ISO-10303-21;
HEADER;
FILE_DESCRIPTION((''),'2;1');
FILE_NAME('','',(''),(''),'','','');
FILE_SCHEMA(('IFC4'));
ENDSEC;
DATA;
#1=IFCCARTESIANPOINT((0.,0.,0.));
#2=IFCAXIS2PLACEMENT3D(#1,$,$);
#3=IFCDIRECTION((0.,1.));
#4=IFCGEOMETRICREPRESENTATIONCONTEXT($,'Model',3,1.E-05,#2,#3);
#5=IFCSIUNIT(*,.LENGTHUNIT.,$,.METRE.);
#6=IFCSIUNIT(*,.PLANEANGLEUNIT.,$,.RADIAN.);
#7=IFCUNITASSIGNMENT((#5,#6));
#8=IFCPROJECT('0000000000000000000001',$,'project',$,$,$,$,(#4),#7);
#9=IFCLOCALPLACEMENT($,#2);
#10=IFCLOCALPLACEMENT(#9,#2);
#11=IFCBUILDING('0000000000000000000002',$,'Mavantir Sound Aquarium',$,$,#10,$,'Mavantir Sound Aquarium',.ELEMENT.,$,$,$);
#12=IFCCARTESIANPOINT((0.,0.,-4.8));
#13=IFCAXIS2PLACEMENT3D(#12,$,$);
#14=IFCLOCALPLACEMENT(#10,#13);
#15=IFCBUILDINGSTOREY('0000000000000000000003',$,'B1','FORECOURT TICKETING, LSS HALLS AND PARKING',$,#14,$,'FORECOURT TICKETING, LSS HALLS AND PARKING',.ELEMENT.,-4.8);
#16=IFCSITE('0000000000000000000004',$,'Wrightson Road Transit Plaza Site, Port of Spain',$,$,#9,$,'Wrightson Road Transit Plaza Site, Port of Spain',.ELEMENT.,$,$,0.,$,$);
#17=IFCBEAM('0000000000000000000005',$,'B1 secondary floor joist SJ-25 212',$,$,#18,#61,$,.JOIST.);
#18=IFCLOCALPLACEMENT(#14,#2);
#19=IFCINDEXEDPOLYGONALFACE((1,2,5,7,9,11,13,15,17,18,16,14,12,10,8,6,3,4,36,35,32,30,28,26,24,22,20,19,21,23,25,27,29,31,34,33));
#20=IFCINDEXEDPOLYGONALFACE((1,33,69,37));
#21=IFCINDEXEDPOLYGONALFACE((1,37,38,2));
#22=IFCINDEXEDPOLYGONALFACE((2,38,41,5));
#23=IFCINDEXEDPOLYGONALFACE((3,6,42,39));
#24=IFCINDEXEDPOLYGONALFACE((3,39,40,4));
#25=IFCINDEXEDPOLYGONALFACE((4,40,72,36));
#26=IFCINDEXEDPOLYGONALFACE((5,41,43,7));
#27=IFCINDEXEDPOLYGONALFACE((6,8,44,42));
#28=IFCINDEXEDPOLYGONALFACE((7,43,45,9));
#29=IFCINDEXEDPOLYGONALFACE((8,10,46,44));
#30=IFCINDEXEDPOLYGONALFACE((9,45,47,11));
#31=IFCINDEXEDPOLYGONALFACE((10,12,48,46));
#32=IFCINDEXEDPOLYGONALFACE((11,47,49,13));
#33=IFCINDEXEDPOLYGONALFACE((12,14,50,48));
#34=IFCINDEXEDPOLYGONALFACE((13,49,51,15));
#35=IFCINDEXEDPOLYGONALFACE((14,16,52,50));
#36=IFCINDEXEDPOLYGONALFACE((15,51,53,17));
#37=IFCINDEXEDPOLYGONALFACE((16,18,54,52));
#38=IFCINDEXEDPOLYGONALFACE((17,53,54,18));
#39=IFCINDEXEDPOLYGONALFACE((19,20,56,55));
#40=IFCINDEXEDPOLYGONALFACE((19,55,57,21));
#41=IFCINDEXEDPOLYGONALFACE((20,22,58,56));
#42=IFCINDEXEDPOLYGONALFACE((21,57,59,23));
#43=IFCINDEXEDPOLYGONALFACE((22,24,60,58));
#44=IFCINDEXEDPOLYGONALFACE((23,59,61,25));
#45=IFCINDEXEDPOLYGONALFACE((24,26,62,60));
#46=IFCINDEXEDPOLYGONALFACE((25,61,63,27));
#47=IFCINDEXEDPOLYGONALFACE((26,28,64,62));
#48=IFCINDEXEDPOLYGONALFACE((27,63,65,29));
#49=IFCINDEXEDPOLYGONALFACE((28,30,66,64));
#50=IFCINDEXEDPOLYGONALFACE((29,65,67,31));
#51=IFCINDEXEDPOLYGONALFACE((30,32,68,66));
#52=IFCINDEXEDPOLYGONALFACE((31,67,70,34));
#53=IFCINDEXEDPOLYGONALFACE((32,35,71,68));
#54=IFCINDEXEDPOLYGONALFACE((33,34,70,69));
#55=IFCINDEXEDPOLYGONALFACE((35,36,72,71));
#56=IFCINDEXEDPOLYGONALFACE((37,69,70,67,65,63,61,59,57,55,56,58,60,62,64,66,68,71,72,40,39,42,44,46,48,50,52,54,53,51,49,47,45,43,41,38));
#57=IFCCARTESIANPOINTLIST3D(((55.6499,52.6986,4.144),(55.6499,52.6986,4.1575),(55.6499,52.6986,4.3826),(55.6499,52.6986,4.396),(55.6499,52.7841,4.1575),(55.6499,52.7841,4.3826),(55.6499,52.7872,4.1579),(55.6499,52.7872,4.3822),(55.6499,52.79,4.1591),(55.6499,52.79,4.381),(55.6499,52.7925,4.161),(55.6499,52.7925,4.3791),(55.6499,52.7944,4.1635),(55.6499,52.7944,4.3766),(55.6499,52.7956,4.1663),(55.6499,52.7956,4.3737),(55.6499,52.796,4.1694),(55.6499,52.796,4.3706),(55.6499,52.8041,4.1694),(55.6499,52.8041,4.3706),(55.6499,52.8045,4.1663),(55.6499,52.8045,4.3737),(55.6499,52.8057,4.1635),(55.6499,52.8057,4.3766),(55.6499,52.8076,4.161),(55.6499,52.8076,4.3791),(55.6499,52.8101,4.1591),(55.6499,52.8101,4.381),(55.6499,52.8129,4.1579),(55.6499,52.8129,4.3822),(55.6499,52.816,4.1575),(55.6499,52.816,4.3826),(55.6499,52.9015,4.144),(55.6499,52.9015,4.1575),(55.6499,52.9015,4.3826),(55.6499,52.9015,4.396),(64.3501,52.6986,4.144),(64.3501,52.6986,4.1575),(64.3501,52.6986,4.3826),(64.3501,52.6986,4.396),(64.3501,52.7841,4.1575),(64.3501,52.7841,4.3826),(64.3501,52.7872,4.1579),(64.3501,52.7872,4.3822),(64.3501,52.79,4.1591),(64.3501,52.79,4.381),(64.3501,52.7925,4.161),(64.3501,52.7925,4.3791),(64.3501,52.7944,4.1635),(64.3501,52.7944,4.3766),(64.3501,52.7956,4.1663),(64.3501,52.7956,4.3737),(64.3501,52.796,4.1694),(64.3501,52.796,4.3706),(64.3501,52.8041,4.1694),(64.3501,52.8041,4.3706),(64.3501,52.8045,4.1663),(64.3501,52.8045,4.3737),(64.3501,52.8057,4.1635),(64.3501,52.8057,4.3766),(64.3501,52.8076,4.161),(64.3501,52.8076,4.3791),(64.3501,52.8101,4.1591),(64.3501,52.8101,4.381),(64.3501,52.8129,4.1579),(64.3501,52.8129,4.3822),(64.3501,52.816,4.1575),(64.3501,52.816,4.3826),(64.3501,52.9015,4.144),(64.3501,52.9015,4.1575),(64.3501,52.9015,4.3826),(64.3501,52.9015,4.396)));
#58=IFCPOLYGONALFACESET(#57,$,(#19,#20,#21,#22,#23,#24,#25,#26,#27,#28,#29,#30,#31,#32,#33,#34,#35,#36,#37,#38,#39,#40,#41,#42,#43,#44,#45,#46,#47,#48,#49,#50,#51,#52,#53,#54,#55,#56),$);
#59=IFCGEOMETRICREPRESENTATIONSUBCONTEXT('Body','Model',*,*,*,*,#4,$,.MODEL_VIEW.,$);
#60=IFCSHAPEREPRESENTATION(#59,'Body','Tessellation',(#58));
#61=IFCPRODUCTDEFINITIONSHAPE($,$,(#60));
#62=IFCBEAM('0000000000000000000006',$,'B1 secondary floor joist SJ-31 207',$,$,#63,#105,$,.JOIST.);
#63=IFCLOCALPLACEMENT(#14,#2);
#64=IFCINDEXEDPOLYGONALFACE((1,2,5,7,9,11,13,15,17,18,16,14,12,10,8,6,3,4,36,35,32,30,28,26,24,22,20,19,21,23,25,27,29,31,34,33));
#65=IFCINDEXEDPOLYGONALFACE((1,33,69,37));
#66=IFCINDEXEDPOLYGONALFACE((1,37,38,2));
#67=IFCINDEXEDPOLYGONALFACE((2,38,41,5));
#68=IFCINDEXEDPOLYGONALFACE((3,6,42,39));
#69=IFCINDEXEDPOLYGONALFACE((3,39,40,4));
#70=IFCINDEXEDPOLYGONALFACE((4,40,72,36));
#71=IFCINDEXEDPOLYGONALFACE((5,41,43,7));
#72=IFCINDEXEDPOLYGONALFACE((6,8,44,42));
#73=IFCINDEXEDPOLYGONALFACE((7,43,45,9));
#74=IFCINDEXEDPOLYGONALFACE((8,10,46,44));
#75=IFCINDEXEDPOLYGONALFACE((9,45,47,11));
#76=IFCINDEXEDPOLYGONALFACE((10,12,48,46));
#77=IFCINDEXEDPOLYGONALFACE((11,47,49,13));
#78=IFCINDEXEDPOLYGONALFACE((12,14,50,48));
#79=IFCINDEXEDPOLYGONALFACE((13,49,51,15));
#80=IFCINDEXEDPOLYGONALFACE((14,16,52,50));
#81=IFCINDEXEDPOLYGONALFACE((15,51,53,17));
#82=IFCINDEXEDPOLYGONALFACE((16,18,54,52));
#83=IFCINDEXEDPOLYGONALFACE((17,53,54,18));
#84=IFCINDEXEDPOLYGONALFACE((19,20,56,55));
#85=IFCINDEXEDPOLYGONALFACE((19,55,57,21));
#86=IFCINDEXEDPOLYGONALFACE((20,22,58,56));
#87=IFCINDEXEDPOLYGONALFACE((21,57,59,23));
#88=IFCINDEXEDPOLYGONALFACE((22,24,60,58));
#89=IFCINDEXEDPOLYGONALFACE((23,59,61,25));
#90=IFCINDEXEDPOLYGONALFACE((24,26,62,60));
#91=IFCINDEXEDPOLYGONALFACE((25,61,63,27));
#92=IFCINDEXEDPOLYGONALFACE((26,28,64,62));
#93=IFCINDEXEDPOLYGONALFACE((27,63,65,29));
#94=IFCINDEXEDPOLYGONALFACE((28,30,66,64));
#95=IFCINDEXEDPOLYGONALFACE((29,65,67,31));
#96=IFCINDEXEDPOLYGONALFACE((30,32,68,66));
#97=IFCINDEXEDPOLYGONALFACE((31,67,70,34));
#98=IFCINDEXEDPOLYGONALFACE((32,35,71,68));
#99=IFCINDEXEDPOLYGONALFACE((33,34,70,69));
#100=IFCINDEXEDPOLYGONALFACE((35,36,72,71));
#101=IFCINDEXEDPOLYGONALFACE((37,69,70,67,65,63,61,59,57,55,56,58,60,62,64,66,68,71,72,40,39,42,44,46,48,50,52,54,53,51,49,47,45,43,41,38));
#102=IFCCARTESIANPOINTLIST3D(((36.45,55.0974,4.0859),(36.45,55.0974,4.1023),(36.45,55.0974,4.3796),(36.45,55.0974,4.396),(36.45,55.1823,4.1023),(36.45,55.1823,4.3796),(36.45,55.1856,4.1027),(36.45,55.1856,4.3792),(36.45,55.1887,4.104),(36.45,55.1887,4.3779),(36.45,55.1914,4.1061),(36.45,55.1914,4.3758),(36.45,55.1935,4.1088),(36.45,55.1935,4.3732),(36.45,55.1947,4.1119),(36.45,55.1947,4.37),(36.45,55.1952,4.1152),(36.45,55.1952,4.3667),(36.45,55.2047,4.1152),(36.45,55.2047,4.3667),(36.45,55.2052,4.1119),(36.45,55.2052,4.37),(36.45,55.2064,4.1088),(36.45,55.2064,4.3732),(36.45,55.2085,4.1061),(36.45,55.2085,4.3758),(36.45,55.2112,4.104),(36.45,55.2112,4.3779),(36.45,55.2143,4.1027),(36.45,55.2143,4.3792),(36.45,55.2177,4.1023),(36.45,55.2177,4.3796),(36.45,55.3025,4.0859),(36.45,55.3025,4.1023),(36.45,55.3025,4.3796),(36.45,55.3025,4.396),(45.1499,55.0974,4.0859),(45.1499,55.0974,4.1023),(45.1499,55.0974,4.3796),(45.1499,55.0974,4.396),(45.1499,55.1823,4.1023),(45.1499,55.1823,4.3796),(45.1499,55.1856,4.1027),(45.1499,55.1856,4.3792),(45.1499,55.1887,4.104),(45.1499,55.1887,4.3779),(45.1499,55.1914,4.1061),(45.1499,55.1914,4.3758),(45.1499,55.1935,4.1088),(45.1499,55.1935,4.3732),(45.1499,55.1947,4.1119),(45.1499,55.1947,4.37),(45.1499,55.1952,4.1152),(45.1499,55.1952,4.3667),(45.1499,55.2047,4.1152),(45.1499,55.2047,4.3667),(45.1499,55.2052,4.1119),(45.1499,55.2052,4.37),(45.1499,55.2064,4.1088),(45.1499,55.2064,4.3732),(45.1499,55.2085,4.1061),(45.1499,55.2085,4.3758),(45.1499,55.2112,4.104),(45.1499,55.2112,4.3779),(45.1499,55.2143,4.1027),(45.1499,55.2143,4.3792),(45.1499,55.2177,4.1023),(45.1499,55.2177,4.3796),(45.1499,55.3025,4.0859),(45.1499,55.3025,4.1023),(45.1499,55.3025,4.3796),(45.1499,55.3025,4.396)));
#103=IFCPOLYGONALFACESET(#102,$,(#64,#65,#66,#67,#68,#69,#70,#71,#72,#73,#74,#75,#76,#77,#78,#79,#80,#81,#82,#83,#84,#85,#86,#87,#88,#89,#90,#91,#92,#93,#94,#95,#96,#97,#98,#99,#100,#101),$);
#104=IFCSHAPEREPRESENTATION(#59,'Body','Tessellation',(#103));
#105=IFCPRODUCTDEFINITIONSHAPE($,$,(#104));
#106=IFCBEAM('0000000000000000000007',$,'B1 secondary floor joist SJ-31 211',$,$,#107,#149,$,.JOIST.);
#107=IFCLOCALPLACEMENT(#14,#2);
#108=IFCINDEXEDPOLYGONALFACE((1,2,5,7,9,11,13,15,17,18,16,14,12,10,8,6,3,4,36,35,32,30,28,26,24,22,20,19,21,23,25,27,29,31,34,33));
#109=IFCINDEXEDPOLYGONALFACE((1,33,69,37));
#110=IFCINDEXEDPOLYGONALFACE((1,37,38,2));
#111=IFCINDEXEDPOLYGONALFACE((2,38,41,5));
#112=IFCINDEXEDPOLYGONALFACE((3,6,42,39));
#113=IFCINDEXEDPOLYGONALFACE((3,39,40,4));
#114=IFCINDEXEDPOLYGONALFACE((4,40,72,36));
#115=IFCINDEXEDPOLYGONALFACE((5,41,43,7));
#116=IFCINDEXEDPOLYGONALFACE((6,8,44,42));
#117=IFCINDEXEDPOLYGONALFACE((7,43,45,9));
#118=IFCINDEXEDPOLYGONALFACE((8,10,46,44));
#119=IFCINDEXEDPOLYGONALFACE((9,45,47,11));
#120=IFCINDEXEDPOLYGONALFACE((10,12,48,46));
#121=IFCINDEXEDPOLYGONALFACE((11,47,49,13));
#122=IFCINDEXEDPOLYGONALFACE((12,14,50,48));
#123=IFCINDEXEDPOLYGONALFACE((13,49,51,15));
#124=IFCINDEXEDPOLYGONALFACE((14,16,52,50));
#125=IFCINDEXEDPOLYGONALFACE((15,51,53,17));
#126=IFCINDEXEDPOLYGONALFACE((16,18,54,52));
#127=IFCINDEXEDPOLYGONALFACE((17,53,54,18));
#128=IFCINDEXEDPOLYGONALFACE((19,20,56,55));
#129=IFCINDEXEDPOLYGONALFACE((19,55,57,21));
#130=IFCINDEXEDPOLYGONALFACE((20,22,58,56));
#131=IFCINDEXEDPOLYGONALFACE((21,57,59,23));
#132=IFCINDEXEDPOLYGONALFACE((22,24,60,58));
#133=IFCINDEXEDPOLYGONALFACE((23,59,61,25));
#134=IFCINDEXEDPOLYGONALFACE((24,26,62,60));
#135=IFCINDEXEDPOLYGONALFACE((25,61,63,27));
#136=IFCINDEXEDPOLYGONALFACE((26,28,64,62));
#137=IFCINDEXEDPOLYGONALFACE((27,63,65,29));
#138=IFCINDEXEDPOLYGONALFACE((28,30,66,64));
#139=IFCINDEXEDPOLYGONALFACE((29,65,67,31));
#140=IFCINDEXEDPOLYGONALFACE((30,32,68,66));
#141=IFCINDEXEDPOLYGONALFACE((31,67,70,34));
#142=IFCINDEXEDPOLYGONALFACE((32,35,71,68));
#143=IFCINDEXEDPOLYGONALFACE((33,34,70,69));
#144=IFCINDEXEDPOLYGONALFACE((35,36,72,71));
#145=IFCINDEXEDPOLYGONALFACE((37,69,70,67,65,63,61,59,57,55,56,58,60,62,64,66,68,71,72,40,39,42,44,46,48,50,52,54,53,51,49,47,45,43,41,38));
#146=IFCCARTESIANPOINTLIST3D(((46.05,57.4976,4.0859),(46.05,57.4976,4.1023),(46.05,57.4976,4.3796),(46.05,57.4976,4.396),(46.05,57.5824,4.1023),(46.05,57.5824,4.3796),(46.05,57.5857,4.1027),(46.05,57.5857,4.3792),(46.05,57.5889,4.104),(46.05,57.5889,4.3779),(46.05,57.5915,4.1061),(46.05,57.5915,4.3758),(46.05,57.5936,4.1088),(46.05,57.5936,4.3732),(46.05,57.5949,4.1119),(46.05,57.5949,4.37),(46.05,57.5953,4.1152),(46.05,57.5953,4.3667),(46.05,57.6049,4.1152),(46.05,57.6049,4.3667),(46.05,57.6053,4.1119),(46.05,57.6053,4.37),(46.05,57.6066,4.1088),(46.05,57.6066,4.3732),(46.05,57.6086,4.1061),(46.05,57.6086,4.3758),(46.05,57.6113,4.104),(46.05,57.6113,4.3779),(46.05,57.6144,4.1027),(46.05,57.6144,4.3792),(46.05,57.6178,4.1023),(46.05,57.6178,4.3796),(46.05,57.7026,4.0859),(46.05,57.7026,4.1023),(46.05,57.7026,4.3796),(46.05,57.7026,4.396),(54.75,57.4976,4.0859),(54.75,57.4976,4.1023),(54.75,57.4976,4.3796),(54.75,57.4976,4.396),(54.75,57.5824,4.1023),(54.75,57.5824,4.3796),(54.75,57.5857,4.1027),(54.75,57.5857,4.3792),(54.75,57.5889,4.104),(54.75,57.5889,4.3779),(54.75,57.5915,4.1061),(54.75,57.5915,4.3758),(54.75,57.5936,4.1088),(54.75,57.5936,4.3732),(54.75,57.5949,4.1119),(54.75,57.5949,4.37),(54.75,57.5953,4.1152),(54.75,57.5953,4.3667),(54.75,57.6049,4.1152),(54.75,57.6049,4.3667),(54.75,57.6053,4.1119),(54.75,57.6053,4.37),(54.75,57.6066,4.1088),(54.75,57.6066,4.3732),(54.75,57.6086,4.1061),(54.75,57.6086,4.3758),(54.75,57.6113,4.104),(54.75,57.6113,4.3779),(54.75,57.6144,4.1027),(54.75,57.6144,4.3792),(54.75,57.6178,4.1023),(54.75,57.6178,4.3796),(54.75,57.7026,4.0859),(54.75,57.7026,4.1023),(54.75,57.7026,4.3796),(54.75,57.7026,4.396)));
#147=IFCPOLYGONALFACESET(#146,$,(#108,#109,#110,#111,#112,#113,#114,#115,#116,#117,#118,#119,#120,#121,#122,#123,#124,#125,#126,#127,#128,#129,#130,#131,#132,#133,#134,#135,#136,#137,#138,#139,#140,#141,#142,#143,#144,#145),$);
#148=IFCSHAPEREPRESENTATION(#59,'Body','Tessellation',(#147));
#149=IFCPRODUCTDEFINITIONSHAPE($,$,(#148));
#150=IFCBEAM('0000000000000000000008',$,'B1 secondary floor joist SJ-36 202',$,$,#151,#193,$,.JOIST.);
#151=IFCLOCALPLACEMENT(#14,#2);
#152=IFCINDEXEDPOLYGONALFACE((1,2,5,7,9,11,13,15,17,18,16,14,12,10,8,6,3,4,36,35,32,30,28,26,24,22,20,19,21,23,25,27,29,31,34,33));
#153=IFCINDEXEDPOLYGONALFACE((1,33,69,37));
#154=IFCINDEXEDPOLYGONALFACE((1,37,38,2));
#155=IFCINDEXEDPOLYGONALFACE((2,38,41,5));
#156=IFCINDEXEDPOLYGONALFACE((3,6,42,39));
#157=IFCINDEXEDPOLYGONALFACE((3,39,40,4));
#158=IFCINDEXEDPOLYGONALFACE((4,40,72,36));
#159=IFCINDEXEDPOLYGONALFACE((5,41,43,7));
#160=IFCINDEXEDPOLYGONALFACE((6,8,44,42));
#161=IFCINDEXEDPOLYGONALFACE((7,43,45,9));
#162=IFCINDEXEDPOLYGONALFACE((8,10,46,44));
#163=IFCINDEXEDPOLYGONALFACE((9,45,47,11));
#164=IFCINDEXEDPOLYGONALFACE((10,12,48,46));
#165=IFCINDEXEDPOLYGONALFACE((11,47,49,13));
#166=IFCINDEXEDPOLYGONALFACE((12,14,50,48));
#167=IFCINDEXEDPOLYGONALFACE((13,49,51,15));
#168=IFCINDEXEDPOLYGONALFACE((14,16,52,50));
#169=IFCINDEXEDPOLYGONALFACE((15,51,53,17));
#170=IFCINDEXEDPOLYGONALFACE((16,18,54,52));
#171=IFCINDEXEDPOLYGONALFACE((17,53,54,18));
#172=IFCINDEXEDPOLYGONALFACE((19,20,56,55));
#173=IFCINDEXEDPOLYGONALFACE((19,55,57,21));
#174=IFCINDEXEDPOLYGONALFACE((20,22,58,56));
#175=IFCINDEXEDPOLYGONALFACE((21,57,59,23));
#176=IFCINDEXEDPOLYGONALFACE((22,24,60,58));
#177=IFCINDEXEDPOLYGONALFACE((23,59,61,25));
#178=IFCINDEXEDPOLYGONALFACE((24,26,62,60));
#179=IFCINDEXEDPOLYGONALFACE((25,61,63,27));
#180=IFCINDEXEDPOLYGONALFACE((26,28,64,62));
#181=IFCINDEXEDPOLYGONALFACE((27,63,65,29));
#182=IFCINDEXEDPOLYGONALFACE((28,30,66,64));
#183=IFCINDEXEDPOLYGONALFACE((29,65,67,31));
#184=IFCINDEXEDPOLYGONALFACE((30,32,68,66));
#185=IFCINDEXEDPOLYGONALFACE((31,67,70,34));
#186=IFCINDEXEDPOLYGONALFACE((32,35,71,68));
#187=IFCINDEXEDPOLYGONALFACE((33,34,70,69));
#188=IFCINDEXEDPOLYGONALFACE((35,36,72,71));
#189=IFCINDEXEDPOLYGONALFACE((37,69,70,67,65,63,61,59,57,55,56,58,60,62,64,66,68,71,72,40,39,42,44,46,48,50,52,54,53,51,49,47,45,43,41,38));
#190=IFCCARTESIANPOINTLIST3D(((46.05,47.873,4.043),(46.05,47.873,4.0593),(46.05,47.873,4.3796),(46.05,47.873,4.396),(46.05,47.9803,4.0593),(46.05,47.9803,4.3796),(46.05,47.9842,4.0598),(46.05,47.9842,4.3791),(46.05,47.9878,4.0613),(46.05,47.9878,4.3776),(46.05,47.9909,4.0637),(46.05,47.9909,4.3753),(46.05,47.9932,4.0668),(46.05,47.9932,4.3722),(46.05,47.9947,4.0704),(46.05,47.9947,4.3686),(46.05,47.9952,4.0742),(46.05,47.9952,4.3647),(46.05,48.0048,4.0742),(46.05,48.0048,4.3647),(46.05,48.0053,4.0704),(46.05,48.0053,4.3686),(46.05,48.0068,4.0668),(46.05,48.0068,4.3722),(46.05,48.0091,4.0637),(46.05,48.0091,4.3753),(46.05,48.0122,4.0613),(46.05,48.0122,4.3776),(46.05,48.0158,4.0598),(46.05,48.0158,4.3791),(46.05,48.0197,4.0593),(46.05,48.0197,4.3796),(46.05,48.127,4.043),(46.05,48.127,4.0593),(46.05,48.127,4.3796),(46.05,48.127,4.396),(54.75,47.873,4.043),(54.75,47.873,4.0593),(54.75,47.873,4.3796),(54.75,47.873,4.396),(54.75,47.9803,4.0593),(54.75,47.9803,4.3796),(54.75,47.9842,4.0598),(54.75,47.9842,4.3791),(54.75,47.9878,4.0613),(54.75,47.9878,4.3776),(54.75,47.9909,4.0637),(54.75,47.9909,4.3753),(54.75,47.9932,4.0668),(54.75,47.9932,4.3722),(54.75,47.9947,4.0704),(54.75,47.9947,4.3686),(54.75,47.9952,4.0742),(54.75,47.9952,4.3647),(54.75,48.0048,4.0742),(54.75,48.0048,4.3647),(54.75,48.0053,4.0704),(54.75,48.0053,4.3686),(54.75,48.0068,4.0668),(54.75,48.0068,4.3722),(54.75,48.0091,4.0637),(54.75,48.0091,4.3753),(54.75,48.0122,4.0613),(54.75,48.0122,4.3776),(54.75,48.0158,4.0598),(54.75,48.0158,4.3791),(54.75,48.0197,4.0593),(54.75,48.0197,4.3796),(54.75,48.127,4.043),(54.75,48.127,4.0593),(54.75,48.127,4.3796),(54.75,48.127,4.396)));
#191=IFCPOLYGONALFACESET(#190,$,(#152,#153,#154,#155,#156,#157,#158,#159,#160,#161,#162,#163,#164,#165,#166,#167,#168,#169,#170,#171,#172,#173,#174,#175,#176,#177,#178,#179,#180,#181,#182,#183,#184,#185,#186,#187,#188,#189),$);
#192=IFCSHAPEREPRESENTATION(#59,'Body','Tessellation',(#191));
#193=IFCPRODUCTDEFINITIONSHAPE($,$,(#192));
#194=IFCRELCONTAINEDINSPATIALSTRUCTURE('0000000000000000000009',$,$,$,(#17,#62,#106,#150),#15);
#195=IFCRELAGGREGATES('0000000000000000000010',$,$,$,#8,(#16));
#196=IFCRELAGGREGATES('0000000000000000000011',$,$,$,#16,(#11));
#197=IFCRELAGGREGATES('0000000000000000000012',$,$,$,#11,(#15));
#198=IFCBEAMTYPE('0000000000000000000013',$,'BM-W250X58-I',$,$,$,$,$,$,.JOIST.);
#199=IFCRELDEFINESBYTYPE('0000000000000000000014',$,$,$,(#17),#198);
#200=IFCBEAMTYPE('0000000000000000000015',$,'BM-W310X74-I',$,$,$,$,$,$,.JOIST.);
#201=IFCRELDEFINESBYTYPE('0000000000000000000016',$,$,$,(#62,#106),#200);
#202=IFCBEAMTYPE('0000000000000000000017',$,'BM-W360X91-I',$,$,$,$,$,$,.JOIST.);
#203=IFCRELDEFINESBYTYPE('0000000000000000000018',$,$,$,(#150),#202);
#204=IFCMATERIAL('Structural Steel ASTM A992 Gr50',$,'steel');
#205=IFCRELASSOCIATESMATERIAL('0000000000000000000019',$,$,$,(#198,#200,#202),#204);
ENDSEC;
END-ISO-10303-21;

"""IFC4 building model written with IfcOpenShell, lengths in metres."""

from ifc_helpers import new_model, si_unit, direction, frame, origin, origin_2d, place, context, subcontext, project, spatial, i_section, extrude, material, material_profile, profile_set, type_object, element, save


model = new_model("IFC4")

# Units and contexts
model_context = context("Model", 3, precision=1e-05, world=origin(), true_north=direction((0.0, 1.0)))
body_context = subcontext(model_context, "Body", "Model", "MODEL_VIEW")
ifc_project = project(units=[si_unit("LENGTHUNIT", "METRE"), si_unit("PLANEANGLEUNIT", "RADIAN")], contexts=[model_context])

# Site, building, storey
site_placement = place(None, origin())
site = spatial("IfcSite", under=ifc_project, at=site_placement, Name="Wrightson Road Transit Plaza Site, Port of Spain", LongName="Wrightson Road Transit Plaza Site, Port of Spain", CompositionType="ELEMENT", RefElevation=0.0)
building_placement = place(site_placement, origin())
building = spatial("IfcBuilding", under=site, at=building_placement, Name="Mavantir Sound Aquarium", LongName="Mavantir Sound Aquarium", CompositionType="ELEMENT")
storey_placement = place(building_placement, frame((0.0, 0.0, -4.8)))
storey = spatial("IfcBuildingStorey", under=building, at=storey_placement, Name="B1", Description="FORECOURT TICKETING, LSS HALLS AND PARKING", LongName="FORECOURT TICKETING, LSS HALLS AND PARKING", CompositionType="ELEMENT", Elevation=-4.8)

# Beams
ifc_material_1 = material(Name="Structural Steel ASTM A992 Gr50", Category="steel")
ifc_material_profile_1 = material_profile(ifc_material_1, i_section(OverallWidth=0.2029, OverallDepth=0.252, WebThickness=0.0081, FlangeThickness=0.0134, FilletRadius=0.012, at=origin_2d()), Name="W250X58")
ifc_profile_set_1 = profile_set([ifc_material_profile_1], Name="Structural Steel ASTM A992 Gr50")
beam_type_1 = type_object("IfcBeamType", Name="BM-W250X58-I", PredefinedType="JOIST", material=ifc_profile_set_1)
beam_1_placement = place(storey_placement, frame((55.6499, 52.8, 4.27), z_axis=(1.0, 0.0, 0.0), x_axis=(0.0, 1.0, 0.0)))
element("IfcBeam", 1, at=beam_1_placement, inside=storey, type_object=beam_type_1, Name="B1 secondary floor joist SJ-25 212", PredefinedType="JOIST", context=body_context, shape_type="SweptSolid", body=[
    extrude(i_section(OverallWidth=0.2029, OverallDepth=0.252, WebThickness=0.0081, FlangeThickness=0.0134, FilletRadius=0.012, at=origin_2d()), origin(), (0.0, 0.0, 1.0), 8.7002),
])
ifc_material_profile_2 = material_profile(ifc_material_1, i_section(OverallWidth=0.2051, OverallDepth=0.3101, WebThickness=0.0095, FlangeThickness=0.0164, FilletRadius=0.0129, at=origin_2d()), Name="W310X74")
ifc_profile_set_2 = profile_set([ifc_material_profile_2], Name="Structural Steel ASTM A992 Gr50")
beam_type_2 = type_object("IfcBeamType", Name="BM-W310X74-I", PredefinedType="JOIST", material=ifc_profile_set_2)
for number, where, z_axis, x_axis, name in (
    (2, (36.45, 55.2, 4.241), (1.0, 0.0, 0.0), (0.0, 1.0, 0.0), "B1 secondary floor joist SJ-31 207"),
    (3, (46.05, 57.6001, 4.241), (1.0, 0.0, 0.0), (0.0, 1.0, 0.0), "B1 secondary floor joist SJ-31 211"),
):
    element("IfcBeam", number, at=place(storey_placement, frame(where, z_axis=z_axis, x_axis=x_axis)), inside=storey, type_object=beam_type_2, Name=name, PredefinedType="JOIST", context=body_context, shape_type="SweptSolid", body=[
        extrude(i_section(OverallWidth=0.2051, OverallDepth=0.3101, WebThickness=0.0095, FlangeThickness=0.0164, FilletRadius=0.0129, at=origin_2d()), origin(), (0.0, 0.0, 1.0), 8.7),
    ])
ifc_material_profile_3 = material_profile(ifc_material_1, i_section(OverallWidth=0.2539, OverallDepth=0.353, WebThickness=0.0095, FlangeThickness=0.0164, FilletRadius=0.0149, at=origin_2d()), Name="W360X91")
ifc_profile_set_3 = profile_set([ifc_material_profile_3], Name="Structural Steel ASTM A992 Gr50")
beam_type_3 = type_object("IfcBeamType", Name="BM-W360X91-I", PredefinedType="JOIST", material=ifc_profile_set_3)
for number, where, z_axis, x_axis, name in (
    (4, (46.05, 48.0, 4.2195), (1.0, 0.0, 0.0), (0.0, 1.0, 0.0), "B1 secondary floor joist SJ-36 202"),
):
    element("IfcBeam", number, at=place(storey_placement, frame(where, z_axis=z_axis, x_axis=x_axis)), inside=storey, type_object=beam_type_3, Name=name, PredefinedType="JOIST", context=body_context, shape_type="SweptSolid", body=[
        extrude(i_section(OverallWidth=0.2539, OverallDepth=0.353, WebThickness=0.0095, FlangeThickness=0.0164, FilletRadius=0.0149, at=origin_2d()), origin(), (0.0, 0.0, 1.0), 8.7),
    ])

save(model, "model.ifc")
